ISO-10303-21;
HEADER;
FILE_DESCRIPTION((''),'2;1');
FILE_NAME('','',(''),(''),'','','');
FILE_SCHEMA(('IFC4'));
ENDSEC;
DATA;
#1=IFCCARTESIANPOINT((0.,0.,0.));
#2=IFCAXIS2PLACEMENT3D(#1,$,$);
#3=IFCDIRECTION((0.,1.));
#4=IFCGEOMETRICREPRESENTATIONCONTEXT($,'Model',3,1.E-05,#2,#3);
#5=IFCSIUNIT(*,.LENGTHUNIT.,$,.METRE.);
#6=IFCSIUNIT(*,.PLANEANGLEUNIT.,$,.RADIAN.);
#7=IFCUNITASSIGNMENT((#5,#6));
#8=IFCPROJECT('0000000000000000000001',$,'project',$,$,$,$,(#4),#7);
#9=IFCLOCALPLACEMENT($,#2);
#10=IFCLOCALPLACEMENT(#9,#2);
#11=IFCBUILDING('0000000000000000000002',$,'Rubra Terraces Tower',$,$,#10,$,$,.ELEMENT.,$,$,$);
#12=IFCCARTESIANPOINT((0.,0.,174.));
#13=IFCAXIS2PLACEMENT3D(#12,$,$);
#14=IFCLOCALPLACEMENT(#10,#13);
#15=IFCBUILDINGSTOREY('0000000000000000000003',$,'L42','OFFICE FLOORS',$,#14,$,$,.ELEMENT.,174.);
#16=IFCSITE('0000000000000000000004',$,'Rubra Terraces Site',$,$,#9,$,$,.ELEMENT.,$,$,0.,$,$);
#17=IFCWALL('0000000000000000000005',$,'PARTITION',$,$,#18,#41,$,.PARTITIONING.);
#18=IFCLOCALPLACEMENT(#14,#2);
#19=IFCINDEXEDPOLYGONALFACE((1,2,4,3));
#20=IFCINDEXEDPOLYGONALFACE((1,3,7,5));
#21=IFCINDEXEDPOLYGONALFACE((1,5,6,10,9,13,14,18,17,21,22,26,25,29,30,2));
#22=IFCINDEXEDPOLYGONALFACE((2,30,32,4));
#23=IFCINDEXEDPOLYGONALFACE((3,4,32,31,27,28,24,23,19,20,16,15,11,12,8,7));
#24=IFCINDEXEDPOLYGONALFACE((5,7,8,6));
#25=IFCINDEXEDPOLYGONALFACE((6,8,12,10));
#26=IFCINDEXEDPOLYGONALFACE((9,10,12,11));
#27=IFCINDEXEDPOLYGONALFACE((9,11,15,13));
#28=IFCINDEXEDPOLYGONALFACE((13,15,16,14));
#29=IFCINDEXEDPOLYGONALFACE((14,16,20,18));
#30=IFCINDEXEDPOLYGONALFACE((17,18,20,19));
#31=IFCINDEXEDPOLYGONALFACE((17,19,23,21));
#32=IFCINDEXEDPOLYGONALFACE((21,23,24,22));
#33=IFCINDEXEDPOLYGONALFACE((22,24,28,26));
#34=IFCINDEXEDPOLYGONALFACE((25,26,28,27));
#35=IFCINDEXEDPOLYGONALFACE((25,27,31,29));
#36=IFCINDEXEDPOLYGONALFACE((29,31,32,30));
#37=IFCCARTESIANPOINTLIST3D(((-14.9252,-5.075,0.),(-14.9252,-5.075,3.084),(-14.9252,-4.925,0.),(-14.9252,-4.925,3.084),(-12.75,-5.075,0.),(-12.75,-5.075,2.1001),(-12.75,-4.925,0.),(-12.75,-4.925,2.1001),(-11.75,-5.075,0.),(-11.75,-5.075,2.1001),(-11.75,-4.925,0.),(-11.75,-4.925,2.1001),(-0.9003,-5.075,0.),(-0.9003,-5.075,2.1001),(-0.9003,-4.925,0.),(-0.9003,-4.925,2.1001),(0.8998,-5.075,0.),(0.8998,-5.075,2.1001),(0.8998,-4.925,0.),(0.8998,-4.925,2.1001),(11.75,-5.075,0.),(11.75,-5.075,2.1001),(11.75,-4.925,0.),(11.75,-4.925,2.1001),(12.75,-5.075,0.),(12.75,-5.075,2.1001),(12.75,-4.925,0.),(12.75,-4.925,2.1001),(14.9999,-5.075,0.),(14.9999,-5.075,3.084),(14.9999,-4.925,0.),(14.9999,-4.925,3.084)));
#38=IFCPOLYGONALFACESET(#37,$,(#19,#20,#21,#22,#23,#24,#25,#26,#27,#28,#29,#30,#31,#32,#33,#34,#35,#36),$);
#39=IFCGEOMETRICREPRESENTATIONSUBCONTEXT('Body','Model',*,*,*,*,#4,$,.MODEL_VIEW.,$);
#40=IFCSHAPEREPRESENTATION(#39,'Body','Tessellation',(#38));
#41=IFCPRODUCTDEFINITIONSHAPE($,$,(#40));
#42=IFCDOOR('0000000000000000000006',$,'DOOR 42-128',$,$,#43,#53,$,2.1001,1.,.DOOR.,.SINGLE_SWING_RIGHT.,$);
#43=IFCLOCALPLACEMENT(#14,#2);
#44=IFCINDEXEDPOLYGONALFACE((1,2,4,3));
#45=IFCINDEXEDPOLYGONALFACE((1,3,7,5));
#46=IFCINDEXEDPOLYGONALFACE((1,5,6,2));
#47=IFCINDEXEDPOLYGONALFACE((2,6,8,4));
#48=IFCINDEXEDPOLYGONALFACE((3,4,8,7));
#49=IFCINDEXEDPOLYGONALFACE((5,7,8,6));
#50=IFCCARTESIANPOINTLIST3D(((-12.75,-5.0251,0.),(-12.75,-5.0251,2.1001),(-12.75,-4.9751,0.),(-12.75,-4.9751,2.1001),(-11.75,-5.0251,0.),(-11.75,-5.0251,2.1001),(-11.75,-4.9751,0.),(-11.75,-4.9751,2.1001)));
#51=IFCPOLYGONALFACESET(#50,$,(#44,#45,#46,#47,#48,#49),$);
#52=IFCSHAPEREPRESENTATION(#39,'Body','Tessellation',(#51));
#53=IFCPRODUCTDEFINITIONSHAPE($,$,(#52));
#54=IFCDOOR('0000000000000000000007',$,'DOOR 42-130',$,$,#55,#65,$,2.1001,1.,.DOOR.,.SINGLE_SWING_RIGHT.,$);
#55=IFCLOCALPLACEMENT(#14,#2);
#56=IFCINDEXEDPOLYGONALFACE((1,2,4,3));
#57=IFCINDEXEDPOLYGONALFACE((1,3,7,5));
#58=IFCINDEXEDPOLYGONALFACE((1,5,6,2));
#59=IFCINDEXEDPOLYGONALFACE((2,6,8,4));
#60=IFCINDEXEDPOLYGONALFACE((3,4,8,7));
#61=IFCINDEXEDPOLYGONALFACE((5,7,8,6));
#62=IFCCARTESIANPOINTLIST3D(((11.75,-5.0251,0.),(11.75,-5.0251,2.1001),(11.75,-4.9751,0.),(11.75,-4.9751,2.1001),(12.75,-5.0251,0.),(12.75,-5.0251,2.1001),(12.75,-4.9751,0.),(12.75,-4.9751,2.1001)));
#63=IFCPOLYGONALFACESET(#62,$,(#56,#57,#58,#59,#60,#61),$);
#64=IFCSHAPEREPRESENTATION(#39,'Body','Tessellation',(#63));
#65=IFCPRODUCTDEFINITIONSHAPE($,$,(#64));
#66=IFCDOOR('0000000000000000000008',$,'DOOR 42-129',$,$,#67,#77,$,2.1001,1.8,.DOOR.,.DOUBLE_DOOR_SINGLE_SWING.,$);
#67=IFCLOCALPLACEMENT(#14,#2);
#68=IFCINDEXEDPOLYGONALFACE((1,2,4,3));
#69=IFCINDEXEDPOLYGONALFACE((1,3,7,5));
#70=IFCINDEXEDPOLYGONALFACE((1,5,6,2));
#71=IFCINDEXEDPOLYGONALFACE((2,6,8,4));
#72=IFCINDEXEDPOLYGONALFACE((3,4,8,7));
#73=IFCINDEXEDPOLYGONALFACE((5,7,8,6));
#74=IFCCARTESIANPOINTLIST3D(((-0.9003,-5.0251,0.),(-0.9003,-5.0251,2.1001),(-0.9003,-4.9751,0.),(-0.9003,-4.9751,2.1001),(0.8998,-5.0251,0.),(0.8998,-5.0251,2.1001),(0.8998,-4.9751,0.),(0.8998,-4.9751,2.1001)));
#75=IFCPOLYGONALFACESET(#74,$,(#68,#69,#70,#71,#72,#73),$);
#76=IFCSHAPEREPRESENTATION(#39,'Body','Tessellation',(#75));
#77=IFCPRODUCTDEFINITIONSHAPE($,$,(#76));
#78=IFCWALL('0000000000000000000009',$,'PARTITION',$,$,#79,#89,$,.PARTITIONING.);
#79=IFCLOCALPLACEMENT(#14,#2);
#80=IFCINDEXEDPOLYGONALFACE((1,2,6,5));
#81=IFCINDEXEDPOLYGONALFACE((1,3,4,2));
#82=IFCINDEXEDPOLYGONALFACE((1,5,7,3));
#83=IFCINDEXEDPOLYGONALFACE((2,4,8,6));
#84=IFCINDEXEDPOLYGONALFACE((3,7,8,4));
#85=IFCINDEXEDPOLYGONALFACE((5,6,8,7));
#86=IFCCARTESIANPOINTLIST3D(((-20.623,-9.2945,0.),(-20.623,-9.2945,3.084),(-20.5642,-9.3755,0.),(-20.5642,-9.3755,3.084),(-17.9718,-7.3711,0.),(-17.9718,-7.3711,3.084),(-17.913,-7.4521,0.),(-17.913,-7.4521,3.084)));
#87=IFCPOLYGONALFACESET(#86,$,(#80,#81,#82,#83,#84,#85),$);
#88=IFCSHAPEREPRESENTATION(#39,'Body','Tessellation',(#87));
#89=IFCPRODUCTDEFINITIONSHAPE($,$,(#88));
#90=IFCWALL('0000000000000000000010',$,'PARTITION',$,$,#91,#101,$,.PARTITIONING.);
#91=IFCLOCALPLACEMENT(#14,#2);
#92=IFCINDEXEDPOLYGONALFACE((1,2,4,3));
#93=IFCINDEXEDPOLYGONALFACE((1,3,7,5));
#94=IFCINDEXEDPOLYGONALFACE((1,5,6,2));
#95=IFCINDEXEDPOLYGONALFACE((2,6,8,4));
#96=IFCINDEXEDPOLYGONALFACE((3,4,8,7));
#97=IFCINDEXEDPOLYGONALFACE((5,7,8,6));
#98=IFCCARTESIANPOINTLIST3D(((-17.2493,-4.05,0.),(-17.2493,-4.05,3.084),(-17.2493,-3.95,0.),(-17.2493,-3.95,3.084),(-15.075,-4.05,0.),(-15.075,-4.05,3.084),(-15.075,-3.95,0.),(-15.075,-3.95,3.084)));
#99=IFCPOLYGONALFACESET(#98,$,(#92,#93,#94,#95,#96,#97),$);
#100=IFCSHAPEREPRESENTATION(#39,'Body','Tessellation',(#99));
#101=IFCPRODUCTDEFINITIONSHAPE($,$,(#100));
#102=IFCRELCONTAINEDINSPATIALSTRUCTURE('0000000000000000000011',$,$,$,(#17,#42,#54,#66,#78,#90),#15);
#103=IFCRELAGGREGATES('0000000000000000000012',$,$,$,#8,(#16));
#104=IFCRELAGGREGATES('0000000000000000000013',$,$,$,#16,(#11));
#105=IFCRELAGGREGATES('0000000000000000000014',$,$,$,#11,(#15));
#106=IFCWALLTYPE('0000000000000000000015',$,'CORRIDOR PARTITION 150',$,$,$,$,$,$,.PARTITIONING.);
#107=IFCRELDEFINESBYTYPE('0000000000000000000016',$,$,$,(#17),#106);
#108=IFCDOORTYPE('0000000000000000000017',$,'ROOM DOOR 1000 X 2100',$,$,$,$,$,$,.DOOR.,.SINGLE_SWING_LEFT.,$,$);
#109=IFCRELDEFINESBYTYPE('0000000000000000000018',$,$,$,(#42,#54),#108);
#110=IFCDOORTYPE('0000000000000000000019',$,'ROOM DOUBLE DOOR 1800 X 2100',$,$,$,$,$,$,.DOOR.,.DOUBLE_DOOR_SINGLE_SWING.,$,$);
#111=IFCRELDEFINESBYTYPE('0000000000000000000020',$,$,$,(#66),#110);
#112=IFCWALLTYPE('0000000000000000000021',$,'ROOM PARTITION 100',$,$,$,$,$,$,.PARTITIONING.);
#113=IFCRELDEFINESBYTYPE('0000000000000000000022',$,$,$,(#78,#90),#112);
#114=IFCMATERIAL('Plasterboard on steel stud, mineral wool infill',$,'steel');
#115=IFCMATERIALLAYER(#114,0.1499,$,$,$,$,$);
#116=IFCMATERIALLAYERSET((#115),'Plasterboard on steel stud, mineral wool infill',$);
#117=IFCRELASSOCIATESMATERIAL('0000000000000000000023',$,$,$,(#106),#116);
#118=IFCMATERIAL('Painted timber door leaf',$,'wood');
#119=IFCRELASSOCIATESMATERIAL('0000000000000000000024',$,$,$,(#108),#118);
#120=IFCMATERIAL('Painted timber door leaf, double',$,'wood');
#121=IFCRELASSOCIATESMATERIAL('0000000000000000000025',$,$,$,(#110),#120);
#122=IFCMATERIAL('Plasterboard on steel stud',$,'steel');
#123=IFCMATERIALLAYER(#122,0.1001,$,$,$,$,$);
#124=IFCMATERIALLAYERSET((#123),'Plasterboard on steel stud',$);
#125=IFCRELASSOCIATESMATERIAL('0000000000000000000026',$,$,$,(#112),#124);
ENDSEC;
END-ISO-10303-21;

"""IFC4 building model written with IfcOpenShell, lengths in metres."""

from ifc_helpers import new_model, si_unit, direction, frame, frame_2d, origin, place, context, subcontext, project, spatial, rectangle, extrude, material, layer, layer_set, type_object, element, fill, save


model = new_model("IFC4")

# Units and contexts
model_context = context("Model", 3, precision=1e-05, world=origin(), true_north=direction((0.0, 1.0)))
body_context = subcontext(model_context, "Body", "Model", "MODEL_VIEW")
ifc_project = project(units=[si_unit("LENGTHUNIT", "METRE"), si_unit("PLANEANGLEUNIT", "RADIAN")], contexts=[model_context])

# Site, building, storey
site_placement = place(None, origin())
site = spatial("IfcSite", under=ifc_project, at=site_placement, Name="Rubra Terraces Site", CompositionType="ELEMENT", RefElevation=0.0)
building_placement = place(site_placement, origin())
building = spatial("IfcBuilding", under=site, at=building_placement, Name="Rubra Terraces Tower", CompositionType="ELEMENT")
storey_placement = place(building_placement, frame((0.0, 0.0, 174.0)))
storey = spatial("IfcBuildingStorey", under=building, at=storey_placement, Name="L42", Description="OFFICE FLOORS", CompositionType="ELEMENT", Elevation=174.0)

# Shared definitions
ifc_material_1 = material(Name="Plasterboard on steel stud, mineral wool infill", Category="steel")
ifc_layer_1 = layer(ifc_material_1, 0.1499)
ifc_layer_set_1 = layer_set([ifc_layer_1], Name="Plasterboard on steel stud, mineral wool infill")
wall_type_1 = type_object("IfcWallType", Name="CORRIDOR PARTITION 150", PredefinedType="PARTITIONING", material=ifc_layer_set_1)
ifc_material_2 = material(Name="Painted timber door leaf", Category="wood")
door_type_1 = type_object("IfcDoorType", Name="ROOM DOOR 1000 X 2100", OperationType="SINGLE_SWING_LEFT", PredefinedType="DOOR", material=ifc_material_2)
ifc_material_3 = material(Name="Painted timber door leaf, double", Category="wood")
door_type_2 = type_object("IfcDoorType", Name="ROOM DOUBLE DOOR 1800 X 2100", OperationType="DOUBLE_DOOR_SINGLE_SWING", PredefinedType="DOOR", material=ifc_material_3)

# Wall, openings, doors
wall_1_placement = place(storey_placement, frame((-14.925, -5.0, 0.0), z_axis=(0.0, 0.0, 1.0), x_axis=(1.0, 0.0, 0.0)))
wall_1 = element("IfcWall", 1, at=wall_1_placement, inside=storey, type_object=wall_type_1, Name="PARTITION", PredefinedType="PARTITIONING", context=body_context, shape_type="SweptSolid", body=[
    extrude(rectangle(XDim=29.925, YDim=0.1499, at=frame_2d((14.9624, 0.0))), origin(), (0.0, 0.0, 1.0), 3.084),
])
opening_1_placement = place(wall_1_placement, frame((2.175, 0.0, 0.0)))
opening_1 = element("IfcOpeningElement", 2, at=opening_1_placement, cuts=wall_1, PredefinedType="OPENING", context=body_context, shape_type="SweptSolid", body=[
    extrude(rectangle(XDim=1.0, YDim=2.1001, at=frame_2d((0.5, 1.05))), frame((0.0, 0.085, 0.0), z_axis=(0.0, -1.0, 0.0), x_axis=(1.0, 0.0, 0.0)), (0.0, 0.0, 1.0), 0.1699),
])
opening_2_placement = place(wall_1_placement, frame((14.0249, 0.0, 0.0)))
opening_2 = element("IfcOpeningElement", 3, at=opening_2_placement, cuts=wall_1, PredefinedType="OPENING", context=body_context, shape_type="SweptSolid", body=[
    extrude(rectangle(XDim=1.8, YDim=2.1001, at=frame_2d((0.8999, 1.05))), frame((0.0, 0.085, 0.0), z_axis=(0.0, -1.0, 0.0), x_axis=(1.0, 0.0, 0.0)), (0.0, 0.0, 1.0), 0.1699),
])
opening_3_placement = place(wall_1_placement, frame((26.675, 0.0, 0.0)))
opening_3 = element("IfcOpeningElement", 4, at=opening_3_placement, cuts=wall_1, PredefinedType="OPENING", context=body_context, shape_type="SweptSolid", body=[
    extrude(rectangle(XDim=1.0, YDim=2.1001, at=frame_2d((0.5, 1.05))), frame((0.0, 0.085, 0.0), z_axis=(0.0, -1.0, 0.0), x_axis=(1.0, 0.0, 0.0)), (0.0, 0.0, 1.0), 0.1699),
])
door_1_placement = place(opening_1_placement, origin())
door_1 = element("IfcDoor", 5, at=door_1_placement, inside=storey, type_object=door_type_1, Name="DOOR 42-128", OperationType="SINGLE_SWING_RIGHT", OverallHeight=2.1001, OverallWidth=1.0, PredefinedType="DOOR", context=body_context, shape_type="SweptSolid", body=[
    extrude(rectangle(XDim=1.0, YDim=2.1001, at=frame_2d((0.5, 1.05))), frame((0.0, 0.0249, 0.0), z_axis=(0.0, -1.0, 0.0), x_axis=(1.0, 0.0, 0.0)), (0.0, 0.0, 1.0), 0.05),
])
fill(opening_1, door_1)
door_2_placement = place(opening_3_placement, origin())
door_2 = element("IfcDoor", 6, at=door_2_placement, inside=storey, type_object=door_type_1, Name="DOOR 42-130", OperationType="SINGLE_SWING_RIGHT", OverallHeight=2.1001, OverallWidth=1.0, PredefinedType="DOOR", context=body_context, shape_type="SweptSolid", body=[
    extrude(rectangle(XDim=1.0, YDim=2.1001, at=frame_2d((0.5, 1.05))), frame((0.0, 0.0249, 0.0), z_axis=(0.0, -1.0, 0.0), x_axis=(1.0, 0.0, 0.0)), (0.0, 0.0, 1.0), 0.05),
])
fill(opening_3, door_2)
door_3_placement = place(opening_2_placement, origin())
door_3 = element("IfcDoor", 7, at=door_3_placement, inside=storey, type_object=door_type_2, Name="DOOR 42-129", OperationType="DOUBLE_DOOR_SINGLE_SWING", OverallHeight=2.1001, OverallWidth=1.8, PredefinedType="DOOR", context=body_context, shape_type="SweptSolid", body=[
    extrude(rectangle(XDim=1.8, YDim=2.1001, at=frame_2d((0.8999, 1.05))), frame((0.0, 0.0249, 0.0), z_axis=(0.0, -1.0, 0.0), x_axis=(1.0, 0.0, 0.0)), (0.0, 0.0, 1.0), 0.05),
])
fill(opening_2, door_3)

# Walls
ifc_material_4 = material(Name="Plasterboard on steel stud", Category="steel")
ifc_layer_2 = layer(ifc_material_4, 0.1001)
ifc_layer_set_2 = layer_set([ifc_layer_2], Name="Plasterboard on steel stud")
wall_type_2 = type_object("IfcWallType", Name="ROOM PARTITION 100", PredefinedType="PARTITIONING", material=ifc_layer_set_2)
wall_2_placement = place(storey_placement, frame((-17.9424, -7.4116, 0.0), z_axis=(0.0, 0.0, 1.0), x_axis=(-0.809425, -0.587223, 0.0)))
element("IfcWall", 8, at=wall_2_placement, inside=storey, type_object=wall_type_2, Name="PARTITION", PredefinedType="PARTITIONING", context=body_context, shape_type="SweptSolid", body=[
    extrude(rectangle(XDim=3.2754, YDim=0.1001, at=frame_2d((1.6377, 0.0))), origin(), (0.0, 0.0, 1.0), 3.084),
])
wall_3_placement = place(storey_placement, frame((-17.2493, -4.0, 0.0), z_axis=(0.0, 0.0, 1.0), x_axis=(1.0, 0.0, 0.0)))
element("IfcWall", 9, at=wall_3_placement, inside=storey, type_object=wall_type_2, Name="PARTITION", PredefinedType="PARTITIONING", context=body_context, shape_type="SweptSolid", body=[
    extrude(rectangle(XDim=2.1743, YDim=0.1001, at=frame_2d((1.0872, 0.0))), origin(), (0.0, 0.0, 1.0), 3.084),
])

save(model, "model.ifc")
